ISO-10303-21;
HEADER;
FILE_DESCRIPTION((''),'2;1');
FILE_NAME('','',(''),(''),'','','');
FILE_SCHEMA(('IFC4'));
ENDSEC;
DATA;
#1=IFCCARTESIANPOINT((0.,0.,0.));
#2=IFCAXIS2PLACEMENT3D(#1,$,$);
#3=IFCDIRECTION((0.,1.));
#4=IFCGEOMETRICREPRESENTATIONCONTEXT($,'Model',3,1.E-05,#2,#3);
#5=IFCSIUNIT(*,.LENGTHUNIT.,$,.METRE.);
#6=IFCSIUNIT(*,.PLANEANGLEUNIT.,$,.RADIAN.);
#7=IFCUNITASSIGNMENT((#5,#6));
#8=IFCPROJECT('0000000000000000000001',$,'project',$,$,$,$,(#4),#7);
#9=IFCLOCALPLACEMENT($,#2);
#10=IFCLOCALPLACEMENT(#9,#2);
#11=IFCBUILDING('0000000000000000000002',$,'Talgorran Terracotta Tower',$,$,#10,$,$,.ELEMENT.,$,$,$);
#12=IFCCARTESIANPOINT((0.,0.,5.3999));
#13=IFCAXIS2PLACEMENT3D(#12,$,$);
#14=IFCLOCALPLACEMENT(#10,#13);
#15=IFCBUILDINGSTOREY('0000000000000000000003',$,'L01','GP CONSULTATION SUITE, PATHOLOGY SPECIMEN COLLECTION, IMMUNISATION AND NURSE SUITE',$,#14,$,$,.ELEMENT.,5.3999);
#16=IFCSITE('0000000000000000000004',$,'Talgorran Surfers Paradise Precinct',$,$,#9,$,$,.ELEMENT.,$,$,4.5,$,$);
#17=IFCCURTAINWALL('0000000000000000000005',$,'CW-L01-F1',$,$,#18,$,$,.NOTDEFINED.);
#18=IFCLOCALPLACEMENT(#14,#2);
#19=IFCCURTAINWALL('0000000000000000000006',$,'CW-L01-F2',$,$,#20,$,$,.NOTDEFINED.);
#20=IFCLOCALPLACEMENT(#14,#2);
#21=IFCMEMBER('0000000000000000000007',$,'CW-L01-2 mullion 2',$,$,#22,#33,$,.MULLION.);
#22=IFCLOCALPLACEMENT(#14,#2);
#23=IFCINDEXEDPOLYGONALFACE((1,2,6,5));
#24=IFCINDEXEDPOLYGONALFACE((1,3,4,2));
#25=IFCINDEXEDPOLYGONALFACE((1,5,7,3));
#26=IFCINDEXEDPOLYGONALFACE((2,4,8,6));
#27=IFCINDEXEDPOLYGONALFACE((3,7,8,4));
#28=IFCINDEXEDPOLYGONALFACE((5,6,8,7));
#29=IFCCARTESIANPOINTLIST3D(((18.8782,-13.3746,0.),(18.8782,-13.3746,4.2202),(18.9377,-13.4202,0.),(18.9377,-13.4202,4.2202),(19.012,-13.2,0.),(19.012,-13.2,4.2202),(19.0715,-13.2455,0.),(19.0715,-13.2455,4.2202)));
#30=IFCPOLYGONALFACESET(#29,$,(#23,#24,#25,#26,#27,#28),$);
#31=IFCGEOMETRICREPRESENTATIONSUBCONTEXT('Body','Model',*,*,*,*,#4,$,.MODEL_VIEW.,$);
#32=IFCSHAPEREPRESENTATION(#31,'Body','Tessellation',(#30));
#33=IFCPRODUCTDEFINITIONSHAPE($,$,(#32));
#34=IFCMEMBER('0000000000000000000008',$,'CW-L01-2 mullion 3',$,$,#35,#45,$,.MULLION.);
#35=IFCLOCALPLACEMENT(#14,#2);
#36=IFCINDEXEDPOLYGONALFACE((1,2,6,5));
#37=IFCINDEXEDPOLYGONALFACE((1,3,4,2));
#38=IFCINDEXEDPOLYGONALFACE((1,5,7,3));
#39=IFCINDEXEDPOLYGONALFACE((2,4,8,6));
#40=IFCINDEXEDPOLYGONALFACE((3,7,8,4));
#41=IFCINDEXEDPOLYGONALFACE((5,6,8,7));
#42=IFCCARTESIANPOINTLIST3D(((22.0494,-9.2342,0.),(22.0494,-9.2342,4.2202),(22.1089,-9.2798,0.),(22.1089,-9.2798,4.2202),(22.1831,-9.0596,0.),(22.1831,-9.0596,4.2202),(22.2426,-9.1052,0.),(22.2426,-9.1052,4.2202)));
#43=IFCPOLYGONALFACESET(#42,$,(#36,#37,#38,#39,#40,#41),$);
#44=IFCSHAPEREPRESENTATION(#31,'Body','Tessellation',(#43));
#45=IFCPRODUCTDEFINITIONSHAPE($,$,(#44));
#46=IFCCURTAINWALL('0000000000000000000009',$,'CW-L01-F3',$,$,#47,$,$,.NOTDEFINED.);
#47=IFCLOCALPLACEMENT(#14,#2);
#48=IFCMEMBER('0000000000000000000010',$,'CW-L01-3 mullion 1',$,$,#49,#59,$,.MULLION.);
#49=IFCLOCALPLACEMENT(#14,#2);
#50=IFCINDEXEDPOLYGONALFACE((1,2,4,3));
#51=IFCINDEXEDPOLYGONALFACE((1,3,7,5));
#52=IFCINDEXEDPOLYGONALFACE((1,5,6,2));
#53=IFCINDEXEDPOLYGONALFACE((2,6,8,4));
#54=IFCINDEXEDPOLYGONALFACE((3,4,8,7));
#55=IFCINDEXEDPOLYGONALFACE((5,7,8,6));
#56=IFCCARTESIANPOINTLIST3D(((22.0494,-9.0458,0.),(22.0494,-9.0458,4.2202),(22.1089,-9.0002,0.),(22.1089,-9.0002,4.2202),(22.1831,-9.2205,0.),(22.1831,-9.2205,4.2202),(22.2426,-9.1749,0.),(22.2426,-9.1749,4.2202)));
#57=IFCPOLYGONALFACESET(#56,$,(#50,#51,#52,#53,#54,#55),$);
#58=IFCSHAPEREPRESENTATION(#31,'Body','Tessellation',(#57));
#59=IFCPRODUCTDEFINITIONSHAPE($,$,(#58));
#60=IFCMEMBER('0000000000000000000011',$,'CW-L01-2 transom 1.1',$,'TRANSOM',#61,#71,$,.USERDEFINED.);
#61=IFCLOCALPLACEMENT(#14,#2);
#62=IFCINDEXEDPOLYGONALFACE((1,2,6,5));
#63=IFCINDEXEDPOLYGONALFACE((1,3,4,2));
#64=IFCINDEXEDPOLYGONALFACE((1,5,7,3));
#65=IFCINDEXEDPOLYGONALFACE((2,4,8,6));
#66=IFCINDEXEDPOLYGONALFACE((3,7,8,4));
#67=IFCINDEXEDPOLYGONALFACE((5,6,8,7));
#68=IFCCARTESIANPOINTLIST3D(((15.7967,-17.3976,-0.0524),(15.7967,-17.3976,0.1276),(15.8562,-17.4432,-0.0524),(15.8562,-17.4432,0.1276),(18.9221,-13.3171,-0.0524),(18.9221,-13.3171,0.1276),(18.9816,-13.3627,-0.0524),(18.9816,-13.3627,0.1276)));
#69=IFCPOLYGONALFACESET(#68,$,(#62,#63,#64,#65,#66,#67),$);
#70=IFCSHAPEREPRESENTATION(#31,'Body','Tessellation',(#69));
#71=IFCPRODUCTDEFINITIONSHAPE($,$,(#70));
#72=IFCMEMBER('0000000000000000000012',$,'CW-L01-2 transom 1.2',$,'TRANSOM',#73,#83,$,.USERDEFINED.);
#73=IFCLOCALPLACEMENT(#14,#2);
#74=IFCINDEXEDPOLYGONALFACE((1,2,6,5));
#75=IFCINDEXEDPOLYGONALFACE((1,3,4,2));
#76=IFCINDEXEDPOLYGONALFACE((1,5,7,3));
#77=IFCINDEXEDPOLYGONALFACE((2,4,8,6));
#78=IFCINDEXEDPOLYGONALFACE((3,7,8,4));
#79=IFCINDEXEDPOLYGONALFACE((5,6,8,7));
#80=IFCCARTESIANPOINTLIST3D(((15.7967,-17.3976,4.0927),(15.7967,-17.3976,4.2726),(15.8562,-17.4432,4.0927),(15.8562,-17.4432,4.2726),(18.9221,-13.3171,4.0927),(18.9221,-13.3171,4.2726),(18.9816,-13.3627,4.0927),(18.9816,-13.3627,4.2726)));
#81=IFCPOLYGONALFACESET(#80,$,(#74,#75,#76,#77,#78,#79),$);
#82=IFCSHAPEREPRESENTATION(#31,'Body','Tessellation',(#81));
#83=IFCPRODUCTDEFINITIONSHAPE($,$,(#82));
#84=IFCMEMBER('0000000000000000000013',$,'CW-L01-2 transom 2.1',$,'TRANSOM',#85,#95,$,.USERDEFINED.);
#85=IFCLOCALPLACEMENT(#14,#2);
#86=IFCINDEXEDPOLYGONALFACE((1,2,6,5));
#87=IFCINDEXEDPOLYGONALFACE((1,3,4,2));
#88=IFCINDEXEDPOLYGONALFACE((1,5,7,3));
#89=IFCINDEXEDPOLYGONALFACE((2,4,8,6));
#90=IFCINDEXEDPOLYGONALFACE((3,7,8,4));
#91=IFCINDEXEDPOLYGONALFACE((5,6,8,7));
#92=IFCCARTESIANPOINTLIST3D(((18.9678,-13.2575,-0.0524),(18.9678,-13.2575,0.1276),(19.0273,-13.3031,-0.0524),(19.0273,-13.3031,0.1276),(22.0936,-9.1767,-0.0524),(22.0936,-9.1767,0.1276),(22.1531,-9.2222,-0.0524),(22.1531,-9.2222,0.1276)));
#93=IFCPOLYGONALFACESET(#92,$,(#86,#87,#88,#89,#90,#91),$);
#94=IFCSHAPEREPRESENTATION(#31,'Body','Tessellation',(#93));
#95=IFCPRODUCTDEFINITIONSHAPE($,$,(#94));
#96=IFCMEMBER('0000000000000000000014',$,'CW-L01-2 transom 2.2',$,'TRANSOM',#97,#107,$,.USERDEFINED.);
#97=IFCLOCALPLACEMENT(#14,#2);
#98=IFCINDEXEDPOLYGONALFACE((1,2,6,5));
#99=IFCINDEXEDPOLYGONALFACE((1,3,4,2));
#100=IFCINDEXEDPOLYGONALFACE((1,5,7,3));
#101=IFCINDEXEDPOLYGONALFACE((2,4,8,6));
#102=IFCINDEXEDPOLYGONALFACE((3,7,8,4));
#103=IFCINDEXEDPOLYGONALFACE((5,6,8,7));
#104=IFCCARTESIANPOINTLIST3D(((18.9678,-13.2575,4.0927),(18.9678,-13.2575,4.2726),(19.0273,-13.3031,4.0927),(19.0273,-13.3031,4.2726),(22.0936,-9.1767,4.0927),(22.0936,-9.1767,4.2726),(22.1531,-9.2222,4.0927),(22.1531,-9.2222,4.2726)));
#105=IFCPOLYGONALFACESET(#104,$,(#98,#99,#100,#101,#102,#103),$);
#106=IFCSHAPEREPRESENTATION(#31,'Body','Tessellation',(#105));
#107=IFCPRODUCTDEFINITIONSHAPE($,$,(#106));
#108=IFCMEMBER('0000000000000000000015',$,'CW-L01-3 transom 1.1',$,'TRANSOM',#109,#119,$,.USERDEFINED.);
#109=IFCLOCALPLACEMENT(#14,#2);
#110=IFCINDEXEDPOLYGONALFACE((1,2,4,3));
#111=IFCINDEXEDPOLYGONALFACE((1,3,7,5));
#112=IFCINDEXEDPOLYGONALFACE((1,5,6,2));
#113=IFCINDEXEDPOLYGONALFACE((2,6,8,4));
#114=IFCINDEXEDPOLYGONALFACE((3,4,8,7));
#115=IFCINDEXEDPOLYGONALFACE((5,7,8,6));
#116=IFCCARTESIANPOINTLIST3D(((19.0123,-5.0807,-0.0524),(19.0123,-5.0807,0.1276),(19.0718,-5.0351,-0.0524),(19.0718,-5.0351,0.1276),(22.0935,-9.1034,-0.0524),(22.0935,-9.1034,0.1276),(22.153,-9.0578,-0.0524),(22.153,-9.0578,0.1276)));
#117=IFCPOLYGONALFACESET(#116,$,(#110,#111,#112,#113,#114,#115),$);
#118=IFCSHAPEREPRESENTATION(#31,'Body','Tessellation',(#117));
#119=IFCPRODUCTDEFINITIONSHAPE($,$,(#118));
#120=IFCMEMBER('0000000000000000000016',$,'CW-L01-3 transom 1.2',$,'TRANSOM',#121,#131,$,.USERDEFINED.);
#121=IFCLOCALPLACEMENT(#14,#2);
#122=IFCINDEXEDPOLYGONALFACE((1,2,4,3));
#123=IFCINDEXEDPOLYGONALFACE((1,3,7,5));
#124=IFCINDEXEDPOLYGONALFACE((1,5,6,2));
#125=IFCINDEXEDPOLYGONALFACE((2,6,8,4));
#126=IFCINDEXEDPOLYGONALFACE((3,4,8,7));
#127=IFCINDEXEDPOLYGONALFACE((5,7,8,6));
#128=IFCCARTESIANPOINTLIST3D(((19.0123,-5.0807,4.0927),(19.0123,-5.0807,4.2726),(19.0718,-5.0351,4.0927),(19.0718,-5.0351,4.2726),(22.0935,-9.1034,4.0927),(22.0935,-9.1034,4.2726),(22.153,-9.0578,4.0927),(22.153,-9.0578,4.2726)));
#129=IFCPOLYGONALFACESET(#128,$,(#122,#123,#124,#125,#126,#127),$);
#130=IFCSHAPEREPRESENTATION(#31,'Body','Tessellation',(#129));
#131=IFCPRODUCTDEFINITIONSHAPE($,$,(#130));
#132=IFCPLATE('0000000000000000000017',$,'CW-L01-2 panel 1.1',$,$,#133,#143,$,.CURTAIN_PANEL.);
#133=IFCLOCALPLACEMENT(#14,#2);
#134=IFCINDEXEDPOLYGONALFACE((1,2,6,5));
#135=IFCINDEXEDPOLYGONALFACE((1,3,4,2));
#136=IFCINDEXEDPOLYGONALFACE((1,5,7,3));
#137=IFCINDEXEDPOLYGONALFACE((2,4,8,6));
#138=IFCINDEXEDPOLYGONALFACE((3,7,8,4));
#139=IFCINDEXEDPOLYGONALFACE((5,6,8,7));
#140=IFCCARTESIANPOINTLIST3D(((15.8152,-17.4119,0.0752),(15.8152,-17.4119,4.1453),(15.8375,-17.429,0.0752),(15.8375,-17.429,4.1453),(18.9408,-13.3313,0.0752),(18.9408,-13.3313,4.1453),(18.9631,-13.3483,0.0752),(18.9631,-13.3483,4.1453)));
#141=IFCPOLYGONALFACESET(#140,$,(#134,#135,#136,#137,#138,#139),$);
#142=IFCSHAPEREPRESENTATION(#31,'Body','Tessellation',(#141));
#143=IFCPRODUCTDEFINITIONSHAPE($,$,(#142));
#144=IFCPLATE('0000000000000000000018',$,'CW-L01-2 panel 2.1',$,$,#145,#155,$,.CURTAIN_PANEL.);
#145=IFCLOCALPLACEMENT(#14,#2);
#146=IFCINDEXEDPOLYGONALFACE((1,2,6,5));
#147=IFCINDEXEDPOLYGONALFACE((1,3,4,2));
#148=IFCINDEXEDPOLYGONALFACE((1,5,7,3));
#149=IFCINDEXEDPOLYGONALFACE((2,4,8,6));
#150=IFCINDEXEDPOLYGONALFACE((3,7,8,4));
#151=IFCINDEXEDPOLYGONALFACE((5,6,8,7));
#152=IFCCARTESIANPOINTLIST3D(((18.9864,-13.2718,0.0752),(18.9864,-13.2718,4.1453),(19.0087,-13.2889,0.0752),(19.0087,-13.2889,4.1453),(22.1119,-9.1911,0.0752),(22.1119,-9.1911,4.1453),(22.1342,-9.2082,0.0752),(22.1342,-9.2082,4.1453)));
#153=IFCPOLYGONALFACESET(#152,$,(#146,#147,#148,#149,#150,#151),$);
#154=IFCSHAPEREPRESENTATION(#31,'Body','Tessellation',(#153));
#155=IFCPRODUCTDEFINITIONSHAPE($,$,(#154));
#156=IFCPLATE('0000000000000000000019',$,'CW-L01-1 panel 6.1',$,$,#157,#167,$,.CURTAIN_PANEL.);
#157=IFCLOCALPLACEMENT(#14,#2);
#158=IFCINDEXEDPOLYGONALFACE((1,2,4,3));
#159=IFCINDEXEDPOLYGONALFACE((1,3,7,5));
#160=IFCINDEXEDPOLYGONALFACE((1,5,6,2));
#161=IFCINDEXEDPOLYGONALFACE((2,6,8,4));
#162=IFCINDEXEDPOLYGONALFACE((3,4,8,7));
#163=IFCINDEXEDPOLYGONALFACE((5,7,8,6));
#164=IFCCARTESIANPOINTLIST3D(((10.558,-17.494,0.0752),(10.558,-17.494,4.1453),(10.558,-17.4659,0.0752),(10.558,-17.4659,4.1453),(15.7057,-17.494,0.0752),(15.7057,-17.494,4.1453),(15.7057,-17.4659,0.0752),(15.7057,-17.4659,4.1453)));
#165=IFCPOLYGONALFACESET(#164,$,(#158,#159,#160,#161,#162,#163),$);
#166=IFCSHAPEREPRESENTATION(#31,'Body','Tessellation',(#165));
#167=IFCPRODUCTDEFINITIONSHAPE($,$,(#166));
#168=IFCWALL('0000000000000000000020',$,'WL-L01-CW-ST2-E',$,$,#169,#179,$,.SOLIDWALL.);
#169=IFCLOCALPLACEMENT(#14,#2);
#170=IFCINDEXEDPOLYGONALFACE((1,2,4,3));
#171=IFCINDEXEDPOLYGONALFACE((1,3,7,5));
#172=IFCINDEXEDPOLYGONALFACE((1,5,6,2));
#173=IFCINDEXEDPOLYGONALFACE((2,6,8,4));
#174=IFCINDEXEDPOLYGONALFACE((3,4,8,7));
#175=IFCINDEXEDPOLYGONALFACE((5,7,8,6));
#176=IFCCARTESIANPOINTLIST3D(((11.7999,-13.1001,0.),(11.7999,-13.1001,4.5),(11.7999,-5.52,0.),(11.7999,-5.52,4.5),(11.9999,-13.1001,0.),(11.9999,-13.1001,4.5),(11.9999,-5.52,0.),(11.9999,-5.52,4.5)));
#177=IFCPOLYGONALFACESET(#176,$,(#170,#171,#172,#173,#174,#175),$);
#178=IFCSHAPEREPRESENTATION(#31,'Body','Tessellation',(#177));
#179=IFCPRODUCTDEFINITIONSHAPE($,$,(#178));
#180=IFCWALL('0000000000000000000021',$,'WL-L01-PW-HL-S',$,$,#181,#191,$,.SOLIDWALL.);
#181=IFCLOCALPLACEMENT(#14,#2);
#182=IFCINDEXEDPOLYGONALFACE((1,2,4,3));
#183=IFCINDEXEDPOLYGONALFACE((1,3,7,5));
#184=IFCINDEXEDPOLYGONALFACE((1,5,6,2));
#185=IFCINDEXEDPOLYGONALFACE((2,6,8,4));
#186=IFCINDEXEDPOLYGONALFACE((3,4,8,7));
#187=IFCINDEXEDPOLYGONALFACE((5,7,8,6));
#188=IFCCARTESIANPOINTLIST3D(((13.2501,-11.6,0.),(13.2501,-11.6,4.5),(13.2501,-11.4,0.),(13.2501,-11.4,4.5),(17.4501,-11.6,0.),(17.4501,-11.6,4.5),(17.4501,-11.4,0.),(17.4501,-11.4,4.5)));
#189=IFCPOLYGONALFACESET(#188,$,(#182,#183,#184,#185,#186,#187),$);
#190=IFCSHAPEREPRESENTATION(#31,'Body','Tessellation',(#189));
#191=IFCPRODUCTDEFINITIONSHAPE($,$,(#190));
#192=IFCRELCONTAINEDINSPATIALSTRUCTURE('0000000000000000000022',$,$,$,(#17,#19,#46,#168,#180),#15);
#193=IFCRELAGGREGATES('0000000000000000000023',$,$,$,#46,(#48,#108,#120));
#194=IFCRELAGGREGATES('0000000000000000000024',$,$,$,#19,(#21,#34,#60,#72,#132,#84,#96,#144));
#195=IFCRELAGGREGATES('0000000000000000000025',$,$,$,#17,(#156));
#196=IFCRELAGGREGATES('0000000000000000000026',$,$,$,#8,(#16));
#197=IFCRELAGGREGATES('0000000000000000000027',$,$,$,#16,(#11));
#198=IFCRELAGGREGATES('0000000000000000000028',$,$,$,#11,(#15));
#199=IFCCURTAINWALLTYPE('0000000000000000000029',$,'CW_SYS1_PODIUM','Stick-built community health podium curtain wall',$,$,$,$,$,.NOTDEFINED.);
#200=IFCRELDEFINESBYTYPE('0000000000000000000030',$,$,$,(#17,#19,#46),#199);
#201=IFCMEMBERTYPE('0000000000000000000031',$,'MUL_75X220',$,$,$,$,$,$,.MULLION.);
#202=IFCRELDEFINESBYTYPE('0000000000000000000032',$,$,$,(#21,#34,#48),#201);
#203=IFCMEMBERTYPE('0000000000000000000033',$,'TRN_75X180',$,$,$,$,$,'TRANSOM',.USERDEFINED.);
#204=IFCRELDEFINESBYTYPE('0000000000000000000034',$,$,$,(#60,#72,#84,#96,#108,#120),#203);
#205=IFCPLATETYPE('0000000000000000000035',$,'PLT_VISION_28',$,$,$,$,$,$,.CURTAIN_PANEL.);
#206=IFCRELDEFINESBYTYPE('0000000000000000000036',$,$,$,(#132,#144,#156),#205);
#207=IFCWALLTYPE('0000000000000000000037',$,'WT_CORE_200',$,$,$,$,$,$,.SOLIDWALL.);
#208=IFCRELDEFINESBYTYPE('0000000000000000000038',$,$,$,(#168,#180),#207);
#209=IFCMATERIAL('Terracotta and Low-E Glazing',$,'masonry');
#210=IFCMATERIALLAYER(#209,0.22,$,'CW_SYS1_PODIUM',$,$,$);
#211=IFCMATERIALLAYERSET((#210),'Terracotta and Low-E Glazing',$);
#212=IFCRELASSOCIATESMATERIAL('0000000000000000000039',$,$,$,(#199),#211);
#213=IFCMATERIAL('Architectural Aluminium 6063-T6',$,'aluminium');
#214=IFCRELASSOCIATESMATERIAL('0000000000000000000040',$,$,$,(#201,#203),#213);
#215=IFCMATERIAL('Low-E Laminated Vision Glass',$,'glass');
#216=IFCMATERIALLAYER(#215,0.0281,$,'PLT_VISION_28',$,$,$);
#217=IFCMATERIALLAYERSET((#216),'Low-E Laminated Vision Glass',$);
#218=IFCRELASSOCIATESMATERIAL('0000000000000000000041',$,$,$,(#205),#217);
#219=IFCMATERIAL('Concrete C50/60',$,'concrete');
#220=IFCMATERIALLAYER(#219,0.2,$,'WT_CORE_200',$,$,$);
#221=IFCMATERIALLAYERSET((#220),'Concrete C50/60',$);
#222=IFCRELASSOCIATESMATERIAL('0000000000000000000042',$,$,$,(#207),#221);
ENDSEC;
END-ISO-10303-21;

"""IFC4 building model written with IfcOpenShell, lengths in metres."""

from ifc_helpers import new_model, si_unit, direction, frame, frame_2d, origin, origin_2d, place, context, subcontext, project, spatial, rectangle, extrude, source, transform, mapped, material, layer, layer_set, material_profile, profile_set, type_object, type_shapes, element, aggregate, save


model = new_model("IFC4")

# Units and contexts
model_context = context("Model", 3, precision=1e-05, world=origin(), true_north=direction((0.0, 1.0)))
body_context = subcontext(model_context, "Body", "Model", "MODEL_VIEW")
ifc_project = project(units=[si_unit("LENGTHUNIT", "METRE"), si_unit("PLANEANGLEUNIT", "RADIAN")], contexts=[model_context])

# Site, building, storey
site_placement = place(None, origin())
site = spatial("IfcSite", under=ifc_project, at=site_placement, Name="Talgorran Surfers Paradise Precinct", CompositionType="ELEMENT", RefElevation=4.5)
building_placement = place(site_placement, origin())
building = spatial("IfcBuilding", under=site, at=building_placement, Name="Talgorran Terracotta Tower", CompositionType="ELEMENT")
storey_placement = place(building_placement, frame((0.0, 0.0, 5.3999)))
storey = spatial("IfcBuildingStorey", under=building, at=storey_placement, Name="L01", Description="GP CONSULTATION SUITE, PATHOLOGY SPECIMEN COLLECTION, IMMUNISATION AND NURSE SUITE", CompositionType="ELEMENT", Elevation=5.3999)

# Curtain wall
ifc_material_1 = material(Name="Terracotta and Low-E Glazing", Category="masonry")
ifc_layer_1 = layer(ifc_material_1, 0.22, Name="CW_SYS1_PODIUM")
ifc_layer_set_1 = layer_set([ifc_layer_1], Name="Terracotta and Low-E Glazing")
curtain_wall_type = type_object("IfcCurtainWallType", Name="CW_SYS1_PODIUM", Description="Stick-built community health podium curtain wall", PredefinedType="NOTDEFINED", material=ifc_layer_set_1)
curtain_wall_1_placement = place(storey_placement, origin())
curtain_wall_1 = element("IfcCurtainWall", 1, at=curtain_wall_1_placement, inside=storey, type_object=curtain_wall_type, Name="CW-L01-F1", PredefinedType="NOTDEFINED")
ifc_material_2 = material(Name="Architectural Aluminium 6063-T6", Category="aluminium")
ifc_material_profile_1 = material_profile(ifc_material_2, rectangle(XDim=0.075, YDim=0.22, at=origin_2d()), Name="CWM75X220")
ifc_profile_set_1 = profile_set([ifc_material_profile_1], Name="Architectural Aluminium 6063-T6")
member_type_1 = type_object("IfcMemberType", Name="MUL_75X220", PredefinedType="MULLION", material=ifc_profile_set_1)

# Curtain wall, members
curtain_wall_2_placement = place(storey_placement, origin())
curtain_wall_2 = element("IfcCurtainWall", 2, at=curtain_wall_2_placement, inside=storey, type_object=curtain_wall_type, Name="CW-L01-F2", PredefinedType="NOTDEFINED")
member_1_placement = place(storey_placement, frame((18.9749, -13.3101, 0.0), z_axis=(0.0, 0.0, 1.0), x_axis=(-0.793882, 0.608072, 0.0)))
member_1 = element("IfcMember", 3, at=member_1_placement, type_object=member_type_1, Name="CW-L01-2 mullion 2", PredefinedType="MULLION", context=body_context, shape_type="SweptSolid", body=[
    extrude(rectangle(XDim=0.075, YDim=0.22, at=origin_2d()), origin(), (0.0, 0.0, 1.0), 4.2202),
])
member_2_placement = place(storey_placement, frame((22.146, -9.1697, 0.0), z_axis=(0.0, 0.0, 1.0), x_axis=(-0.793882, 0.608072, 0.0)))
member_2 = element("IfcMember", 4, at=member_2_placement, type_object=member_type_1, Name="CW-L01-2 mullion 3", PredefinedType="MULLION", context=body_context, shape_type="SweptSolid", body=[
    extrude(rectangle(XDim=0.075, YDim=0.22, at=origin_2d()), origin(), (0.0, 0.0, 1.0), 4.2202),
])

# Curtain wall, member
curtain_wall_3_placement = place(storey_placement, origin())
curtain_wall_3 = element("IfcCurtainWall", 5, at=curtain_wall_3_placement, inside=storey, type_object=curtain_wall_type, Name="CW-L01-F3", PredefinedType="NOTDEFINED")
member_3_placement = place(storey_placement, frame((22.146, -9.1104, 0.0), z_axis=(0.0, 0.0, 1.0), x_axis=(-0.79388, -0.608075, 0.0)))
member_3 = element("IfcMember", 6, at=member_3_placement, type_object=member_type_1, Name="CW-L01-3 mullion 1", PredefinedType="MULLION", context=body_context, shape_type="SweptSolid", body=[
    extrude(rectangle(XDim=0.075, YDim=0.22, at=origin_2d()), origin(), (0.0, 0.0, 1.0), 4.2202),
])

# Members
ifc_material_profile_2 = material_profile(ifc_material_2, rectangle(XDim=0.075, YDim=0.1799, at=origin_2d()), Name="CWT75X180")
ifc_profile_set_2 = profile_set([ifc_material_profile_2], Name="Architectural Aluminium 6063-T6")
member_type_2 = type_object("IfcMemberType", Name="TRN_75X180", ElementType="TRANSOM", PredefinedType="USERDEFINED", material=ifc_profile_set_2)
member_4_placement = place(storey_placement, frame((15.8264, -17.4204, 0.0376), z_axis=(0.608071, 0.793883, 0.0), x_axis=(-0.793883, 0.608071, 0.0)))
member_4 = element("IfcMember", 7, at=member_4_placement, type_object=member_type_2, Name="CW-L01-2 transom 1.1", ObjectType="TRANSOM", PredefinedType="USERDEFINED", context=body_context, shape_type="SweptSolid", body=[
    extrude(rectangle(XDim=0.075, YDim=0.1799, at=origin_2d()), origin(), (0.0, 0.0, 1.0), 5.1399),
])
member_5_placement = place(storey_placement, frame((15.8264, -17.4204, 4.1826), z_axis=(0.608071, 0.793883, 0.0), x_axis=(-0.793883, 0.608071, 0.0)))
member_5 = element("IfcMember", 8, at=member_5_placement, type_object=member_type_2, Name="CW-L01-2 transom 1.2", ObjectType="TRANSOM", PredefinedType="USERDEFINED", context=body_context, shape_type="SweptSolid", body=[
    extrude(rectangle(XDim=0.075, YDim=0.1799, at=origin_2d()), origin(), (0.0, 0.0, 1.0), 5.1399),
])
member_6_placement = place(storey_placement, frame((18.9976, -13.2803, 0.0376), z_axis=(0.608078, 0.793878, 0.0), x_axis=(-0.793878, 0.608078, 0.0)))
member_6 = element("IfcMember", 9, at=member_6_placement, type_object=member_type_2, Name="CW-L01-2 transom 2.1", ObjectType="TRANSOM", PredefinedType="USERDEFINED", context=body_context, shape_type="SweptSolid", body=[
    extrude(rectangle(XDim=0.075, YDim=0.1799, at=origin_2d()), origin(), (0.0, 0.0, 1.0), 5.1404),
])
member_7_placement = place(storey_placement, frame((18.9976, -13.2803, 4.1826), z_axis=(0.608078, 0.793878, 0.0), x_axis=(-0.793878, 0.608078, 0.0)))
member_7 = element("IfcMember", 10, at=member_7_placement, type_object=member_type_2, Name="CW-L01-2 transom 2.2", ObjectType="TRANSOM", PredefinedType="USERDEFINED", context=body_context, shape_type="SweptSolid", body=[
    extrude(rectangle(XDim=0.075, YDim=0.1799, at=origin_2d()), origin(), (0.0, 0.0, 1.0), 5.1404),
])
member_8_placement = place(storey_placement, frame((22.1233, -9.0806, 0.0376), z_axis=(-0.608087, 0.793871, 0.0), x_axis=(-0.793871, -0.608087, 0.0)))
member_8 = element("IfcMember", 11, at=member_8_placement, type_object=member_type_2, Name="CW-L01-3 transom 1.1", ObjectType="TRANSOM", PredefinedType="USERDEFINED", context=body_context, shape_type="SweptSolid", body=[
    extrude(rectangle(XDim=0.075, YDim=0.1799, at=origin_2d()), origin(), (0.0, 0.0, 1.0), 5.0671),
])
member_9_placement = place(storey_placement, frame((22.1233, -9.0806, 4.1826), z_axis=(-0.608087, 0.793871, 0.0), x_axis=(-0.793871, -0.608087, 0.0)))
member_9 = element("IfcMember", 12, at=member_9_placement, type_object=member_type_2, Name="CW-L01-3 transom 1.2", ObjectType="TRANSOM", PredefinedType="USERDEFINED", context=body_context, shape_type="SweptSolid", body=[
    extrude(rectangle(XDim=0.075, YDim=0.1799, at=origin_2d()), origin(), (0.0, 0.0, 1.0), 5.0671),
])
aggregate(curtain_wall_3, [member_3, member_8, member_9])

# Plates
ifc_material_3 = material(Name="Low-E Laminated Vision Glass", Category="glass")
ifc_layer_2 = layer(ifc_material_3, 0.0281, Name="PLT_VISION_28")
ifc_layer_set_2 = layer_set([ifc_layer_2], Name="Low-E Laminated Vision Glass")
plate_type = type_object("IfcPlateType", Name="PLT_VISION_28", PredefinedType="CURTAIN_PANEL", material=ifc_layer_set_2)
shared_shape_1 = source(origin(), body_context, "Body", "SweptSolid", [
    extrude(rectangle(XDim=5.1401, YDim=0.0281, at=origin_2d()), origin(), (0.0, 0.0, 1.0), 4.0701),
])
plate_1_placement = place(storey_placement, frame((17.3892, -15.3801, 0.0752), z_axis=(0.0, 0.0, 1.0), x_axis=(0.608072, 0.793882, 0.0)))
plate_1 = element("IfcPlate", 13, at=plate_1_placement, type_object=plate_type, Name="CW-L01-2 panel 1.1", PredefinedType="CURTAIN_PANEL", context=body_context, shape_type="MappedRepresentation", body=[
    mapped(shared_shape_1, transform((0.0, 0.0, 0.0), scale=1.0)),
])
plate_2_placement = place(storey_placement, frame((20.5603, -11.24, 0.0752), z_axis=(0.0, 0.0, 1.0), x_axis=(0.608072, 0.793882, 0.0)))
plate_2 = element("IfcPlate", 14, at=plate_2_placement, type_object=plate_type, Name="CW-L01-2 panel 2.1", PredefinedType="CURTAIN_PANEL", context=body_context, shape_type="MappedRepresentation", body=[
    mapped(shared_shape_1, transform((0.0, 0.0, 0.0), scale=1.0)),
])
aggregate(curtain_wall_2, [member_1, member_2, member_4, member_5, plate_1, member_6, member_7, plate_2])
shared_shape_2 = source(origin(), body_context, "Body", "SweptSolid", [
    extrude(rectangle(XDim=5.1477, YDim=0.0281, at=origin_2d()), origin(), (0.0, 0.0, 1.0), 4.0701),
])
type_shapes(plate_type, [shared_shape_1, shared_shape_2])
plate_3_placement = place(storey_placement, frame((13.1318, -17.48, 0.0752), z_axis=(0.0, 0.0, 1.0), x_axis=(1.0, 0.0, 0.0)))
plate_3 = element("IfcPlate", 15, at=plate_3_placement, type_object=plate_type, Name="CW-L01-1 panel 6.1", PredefinedType="CURTAIN_PANEL", context=body_context, shape_type="MappedRepresentation", body=[
    mapped(shared_shape_2, transform((0.0, 0.0, 0.0), scale=1.0)),
])
aggregate(curtain_wall_1, [plate_3])

# Walls
ifc_material_4 = material(Name="Concrete C50/60", Category="concrete")
ifc_layer_3 = layer(ifc_material_4, 0.2, Name="WT_CORE_200")
ifc_layer_set_3 = layer_set([ifc_layer_3], Name="Concrete C50/60")
wall_type_1 = type_object("IfcWallType", Name="WT_CORE_200", PredefinedType="SOLIDWALL", material=ifc_layer_set_3)
wall_1_placement = place(storey_placement, frame((11.8999, -13.1001, 0.0), z_axis=(0.0, 0.0, 1.0), x_axis=(0.0, 1.0, 0.0)))
element("IfcWall", 16, at=wall_1_placement, inside=storey, type_object=wall_type_1, Name="WL-L01-CW-ST2-E", PredefinedType="SOLIDWALL", context=body_context, shape_type="SweptSolid", body=[
    extrude(rectangle(XDim=7.5801, YDim=0.2, at=frame_2d((3.79, 0.0))), origin(), (0.0, 0.0, 1.0), 4.5),
])
wall_2_placement = place(storey_placement, frame((13.25, -11.5, 0.0), z_axis=(0.0, 0.0, 1.0), x_axis=(1.0, 0.0, 0.0)))
element("IfcWall", 17, at=wall_2_placement, inside=storey, type_object=wall_type_1, Name="WL-L01-PW-HL-S", PredefinedType="SOLIDWALL", context=body_context, shape_type="SweptSolid", body=[
    extrude(rectangle(XDim=4.2, YDim=0.2, at=frame_2d((2.1001, 0.0))), origin(), (0.0, 0.0, 1.0), 4.5),
])

save(model, "model.ifc")
